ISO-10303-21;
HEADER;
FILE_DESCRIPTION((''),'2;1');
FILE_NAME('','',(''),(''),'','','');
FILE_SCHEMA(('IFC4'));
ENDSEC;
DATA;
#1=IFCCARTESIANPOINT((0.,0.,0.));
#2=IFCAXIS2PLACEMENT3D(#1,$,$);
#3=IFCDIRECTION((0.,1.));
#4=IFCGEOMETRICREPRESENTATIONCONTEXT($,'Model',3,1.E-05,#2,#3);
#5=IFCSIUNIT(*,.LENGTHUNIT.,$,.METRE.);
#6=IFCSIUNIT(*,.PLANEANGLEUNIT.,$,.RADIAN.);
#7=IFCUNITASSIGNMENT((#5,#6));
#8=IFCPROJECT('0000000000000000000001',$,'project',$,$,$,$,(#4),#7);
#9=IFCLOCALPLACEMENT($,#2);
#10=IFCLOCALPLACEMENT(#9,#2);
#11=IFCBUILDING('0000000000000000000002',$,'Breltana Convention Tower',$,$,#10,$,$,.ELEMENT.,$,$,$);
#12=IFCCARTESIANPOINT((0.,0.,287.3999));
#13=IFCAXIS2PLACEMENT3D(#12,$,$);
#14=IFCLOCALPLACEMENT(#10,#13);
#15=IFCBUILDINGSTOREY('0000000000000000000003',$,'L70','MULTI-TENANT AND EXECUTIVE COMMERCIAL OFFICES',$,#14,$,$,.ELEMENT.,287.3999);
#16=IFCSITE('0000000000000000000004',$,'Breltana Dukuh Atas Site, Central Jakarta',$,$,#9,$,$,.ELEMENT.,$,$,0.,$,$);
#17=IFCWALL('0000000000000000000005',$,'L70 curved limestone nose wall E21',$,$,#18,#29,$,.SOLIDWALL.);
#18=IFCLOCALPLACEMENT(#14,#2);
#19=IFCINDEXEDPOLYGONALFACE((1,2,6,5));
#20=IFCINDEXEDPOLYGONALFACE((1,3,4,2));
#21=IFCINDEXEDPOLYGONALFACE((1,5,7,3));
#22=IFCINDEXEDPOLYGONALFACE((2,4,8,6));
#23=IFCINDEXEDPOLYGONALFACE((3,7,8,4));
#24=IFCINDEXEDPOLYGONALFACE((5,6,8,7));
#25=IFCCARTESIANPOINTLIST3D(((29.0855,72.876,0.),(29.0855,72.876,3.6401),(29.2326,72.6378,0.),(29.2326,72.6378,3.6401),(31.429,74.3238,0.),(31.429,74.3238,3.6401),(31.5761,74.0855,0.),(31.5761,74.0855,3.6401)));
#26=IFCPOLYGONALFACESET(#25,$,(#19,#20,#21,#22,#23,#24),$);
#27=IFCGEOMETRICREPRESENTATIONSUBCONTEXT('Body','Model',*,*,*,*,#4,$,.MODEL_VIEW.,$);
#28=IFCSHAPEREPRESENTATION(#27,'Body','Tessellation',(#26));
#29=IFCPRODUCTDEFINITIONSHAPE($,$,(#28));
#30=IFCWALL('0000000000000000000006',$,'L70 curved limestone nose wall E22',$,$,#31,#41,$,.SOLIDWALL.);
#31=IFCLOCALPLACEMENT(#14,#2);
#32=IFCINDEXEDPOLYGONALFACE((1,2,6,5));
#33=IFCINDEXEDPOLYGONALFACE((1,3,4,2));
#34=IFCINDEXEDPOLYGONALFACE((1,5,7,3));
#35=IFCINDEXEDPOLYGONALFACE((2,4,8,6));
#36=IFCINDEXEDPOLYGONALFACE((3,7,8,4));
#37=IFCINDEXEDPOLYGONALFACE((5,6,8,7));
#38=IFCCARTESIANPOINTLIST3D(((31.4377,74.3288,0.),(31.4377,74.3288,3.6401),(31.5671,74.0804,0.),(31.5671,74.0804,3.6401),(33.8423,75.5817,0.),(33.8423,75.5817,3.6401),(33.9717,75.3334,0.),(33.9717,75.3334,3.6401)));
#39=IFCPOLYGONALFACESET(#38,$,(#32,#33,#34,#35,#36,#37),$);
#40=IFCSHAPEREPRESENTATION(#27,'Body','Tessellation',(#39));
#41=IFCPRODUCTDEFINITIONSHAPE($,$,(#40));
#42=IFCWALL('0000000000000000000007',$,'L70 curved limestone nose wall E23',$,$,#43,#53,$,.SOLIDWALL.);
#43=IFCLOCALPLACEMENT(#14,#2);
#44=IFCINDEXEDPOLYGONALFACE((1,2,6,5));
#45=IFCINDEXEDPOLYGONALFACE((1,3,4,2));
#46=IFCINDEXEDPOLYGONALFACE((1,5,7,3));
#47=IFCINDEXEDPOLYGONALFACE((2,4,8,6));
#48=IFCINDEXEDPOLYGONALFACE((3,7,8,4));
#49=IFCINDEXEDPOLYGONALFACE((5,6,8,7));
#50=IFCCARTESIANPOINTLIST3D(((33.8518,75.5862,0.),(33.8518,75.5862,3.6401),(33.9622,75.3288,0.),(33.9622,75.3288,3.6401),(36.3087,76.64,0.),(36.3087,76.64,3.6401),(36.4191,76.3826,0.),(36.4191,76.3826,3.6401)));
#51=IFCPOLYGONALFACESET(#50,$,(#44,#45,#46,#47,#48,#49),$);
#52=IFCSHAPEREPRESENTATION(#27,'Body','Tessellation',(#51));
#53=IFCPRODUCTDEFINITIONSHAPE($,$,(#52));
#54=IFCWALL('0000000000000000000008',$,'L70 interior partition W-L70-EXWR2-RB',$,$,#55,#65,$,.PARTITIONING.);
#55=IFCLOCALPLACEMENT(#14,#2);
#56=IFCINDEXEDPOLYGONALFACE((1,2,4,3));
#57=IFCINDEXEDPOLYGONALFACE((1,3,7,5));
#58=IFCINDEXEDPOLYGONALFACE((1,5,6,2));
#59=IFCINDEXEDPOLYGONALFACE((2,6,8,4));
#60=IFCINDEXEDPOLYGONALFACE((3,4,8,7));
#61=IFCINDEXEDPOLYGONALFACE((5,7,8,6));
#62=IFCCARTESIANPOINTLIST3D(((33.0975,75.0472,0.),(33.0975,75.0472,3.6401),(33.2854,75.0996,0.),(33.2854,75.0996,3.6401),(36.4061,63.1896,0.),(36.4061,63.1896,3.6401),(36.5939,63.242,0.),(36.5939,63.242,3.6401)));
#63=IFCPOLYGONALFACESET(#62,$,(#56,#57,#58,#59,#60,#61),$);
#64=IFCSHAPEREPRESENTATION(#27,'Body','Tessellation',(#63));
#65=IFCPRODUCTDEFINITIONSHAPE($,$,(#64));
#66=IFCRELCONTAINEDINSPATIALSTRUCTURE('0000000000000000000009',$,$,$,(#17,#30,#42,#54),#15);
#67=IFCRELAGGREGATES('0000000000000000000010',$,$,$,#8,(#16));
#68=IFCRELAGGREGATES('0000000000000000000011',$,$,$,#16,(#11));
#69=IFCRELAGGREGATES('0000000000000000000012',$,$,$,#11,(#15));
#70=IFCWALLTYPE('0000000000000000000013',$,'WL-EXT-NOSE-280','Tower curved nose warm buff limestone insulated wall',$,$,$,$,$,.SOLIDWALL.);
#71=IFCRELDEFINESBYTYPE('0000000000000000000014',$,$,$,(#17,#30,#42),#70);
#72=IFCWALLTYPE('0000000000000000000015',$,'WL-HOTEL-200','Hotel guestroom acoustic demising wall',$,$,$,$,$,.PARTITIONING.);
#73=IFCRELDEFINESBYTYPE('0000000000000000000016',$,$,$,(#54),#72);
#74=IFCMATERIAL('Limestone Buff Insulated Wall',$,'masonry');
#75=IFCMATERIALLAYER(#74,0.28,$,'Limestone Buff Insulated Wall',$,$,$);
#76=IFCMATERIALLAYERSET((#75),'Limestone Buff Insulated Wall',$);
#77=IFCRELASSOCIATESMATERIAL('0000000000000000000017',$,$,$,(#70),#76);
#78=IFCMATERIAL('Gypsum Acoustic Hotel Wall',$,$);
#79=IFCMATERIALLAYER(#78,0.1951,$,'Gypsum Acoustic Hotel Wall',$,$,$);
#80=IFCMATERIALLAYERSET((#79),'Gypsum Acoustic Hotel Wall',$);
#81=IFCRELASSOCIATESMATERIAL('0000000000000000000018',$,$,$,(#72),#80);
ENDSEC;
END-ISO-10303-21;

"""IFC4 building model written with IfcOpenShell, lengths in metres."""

from ifc_helpers import new_model, si_unit, direction, frame, frame_2d, origin, place, context, subcontext, project, spatial, rectangle, extrude, source, transform, mapped, material, layer, layer_set, type_object, element, save


model = new_model("IFC4")

# Units and contexts
model_context = context("Model", 3, precision=1e-05, world=origin(), true_north=direction((0.0, 1.0)))
body_context = subcontext(model_context, "Body", "Model", "MODEL_VIEW")
ifc_project = project(units=[si_unit("LENGTHUNIT", "METRE"), si_unit("PLANEANGLEUNIT", "RADIAN")], contexts=[model_context])

# Site, building, storey
site_placement = place(None, origin())
site = spatial("IfcSite", under=ifc_project, at=site_placement, Name="Breltana Dukuh Atas Site, Central Jakarta", CompositionType="ELEMENT", RefElevation=0.0)
building_placement = place(site_placement, origin())
building = spatial("IfcBuilding", under=site, at=building_placement, Name="Breltana Convention Tower", CompositionType="ELEMENT")
storey_placement = place(building_placement, frame((0.0, 0.0, 287.3999)))
storey = spatial("IfcBuildingStorey", under=building, at=storey_placement, Name="L70", Description="MULTI-TENANT AND EXECUTIVE COMMERCIAL OFFICES", CompositionType="ELEMENT", Elevation=287.3999)

# Shared definitions
ifc_material_1 = material(Name="Limestone Buff Insulated Wall", Category="masonry")
ifc_layer_1 = layer(ifc_material_1, 0.28, Name="Limestone Buff Insulated Wall")
ifc_layer_set_1 = layer_set([ifc_layer_1], Name="Limestone Buff Insulated Wall")
wall_type_1 = type_object("IfcWallType", Name="WL-EXT-NOSE-280", Description="Tower curved nose warm buff limestone insulated wall", PredefinedType="SOLIDWALL", material=ifc_layer_set_1)

# Walls
shared_shape_1 = source(origin(), body_context, "Body", "SweptSolid", [
    extrude(rectangle(XDim=2.7546, YDim=0.28, at=frame_2d((1.3774, 0.0))), origin(), (0.0, 0.0, 1.0), 3.6401),
])
wall_1_placement = place(storey_placement, frame((29.1589, 72.7568, 0.0), z_axis=(0.0, 0.0, 1.0), x_axis=(0.85075, 0.52557, 0.0)))
element("IfcWall", 1, at=wall_1_placement, inside=storey, type_object=wall_type_1, Name="L70 curved limestone nose wall E21", PredefinedType="SOLIDWALL", context=body_context, shape_type="MappedRepresentation", body=[
    mapped(shared_shape_1, transform((0.0, 0.0, 0.0), scale=1.0)),
])
shared_shape_2 = source(origin(), body_context, "Body", "SweptSolid", [
    extrude(rectangle(XDim=2.7114, YDim=0.28, at=frame_2d((1.3557, 0.0))), origin(), (0.0, 0.0, 1.0), 3.6401),
])
wall_2_placement = place(storey_placement, frame((31.5024, 74.2046, 0.0), z_axis=(0.0, 0.0, 1.0), x_axis=(0.886829, 0.462098, 0.0)))
element("IfcWall", 2, at=wall_2_placement, inside=storey, type_object=wall_type_1, Name="L70 curved limestone nose wall E22", PredefinedType="SOLIDWALL", context=body_context, shape_type="MappedRepresentation", body=[
    mapped(shared_shape_2, transform((0.0, 0.0, 0.0), scale=1.0)),
])
shared_shape_3 = source(origin(), body_context, "Body", "SweptSolid", [
    extrude(rectangle(XDim=2.6733, YDim=0.28, at=frame_2d((1.3367, 0.0))), origin(), (0.0, 0.0, 1.0), 3.6401),
])
wall_3_placement = place(storey_placement, frame((33.907, 75.4575, 0.0), z_axis=(0.0, 0.0, 1.0), x_axis=(0.919036, 0.394173, 0.0)))
element("IfcWall", 3, at=wall_3_placement, inside=storey, type_object=wall_type_1, Name="L70 curved limestone nose wall E23", PredefinedType="SOLIDWALL", context=body_context, shape_type="MappedRepresentation", body=[
    mapped(shared_shape_3, transform((0.0, 0.0, 0.0), scale=1.0)),
])
ifc_material_2 = material(Name="Gypsum Acoustic Hotel Wall")
ifc_layer_2 = layer(ifc_material_2, 0.1951, Name="Gypsum Acoustic Hotel Wall")
ifc_layer_set_2 = layer_set([ifc_layer_2], Name="Gypsum Acoustic Hotel Wall")
wall_type_2 = type_object("IfcWallType", Name="WL-HOTEL-200", Description="Hotel guestroom acoustic demising wall", PredefinedType="PARTITIONING", material=ifc_layer_set_2)
shared_shape_4 = source(origin(), body_context, "Body", "SweptSolid", [
    extrude(rectangle(XDim=12.3105, YDim=0.1951, at=frame_2d((6.1553, 0.0))), origin(), (0.0, 0.0, 1.0), 3.6401),
])
wall_4_placement = place(storey_placement, frame((36.5, 63.2158, 0.0), z_axis=(0.0, 0.0, 1.0), x_axis=(-0.26876, 0.963207, 0.0)))
element("IfcWall", 4, at=wall_4_placement, inside=storey, type_object=wall_type_2, Name="L70 interior partition W-L70-EXWR2-RB", PredefinedType="PARTITIONING", context=body_context, shape_type="MappedRepresentation", body=[
    mapped(shared_shape_4, transform((0.0, 0.0, 0.0), scale=1.0)),
])

save(model, "model.ifc")
